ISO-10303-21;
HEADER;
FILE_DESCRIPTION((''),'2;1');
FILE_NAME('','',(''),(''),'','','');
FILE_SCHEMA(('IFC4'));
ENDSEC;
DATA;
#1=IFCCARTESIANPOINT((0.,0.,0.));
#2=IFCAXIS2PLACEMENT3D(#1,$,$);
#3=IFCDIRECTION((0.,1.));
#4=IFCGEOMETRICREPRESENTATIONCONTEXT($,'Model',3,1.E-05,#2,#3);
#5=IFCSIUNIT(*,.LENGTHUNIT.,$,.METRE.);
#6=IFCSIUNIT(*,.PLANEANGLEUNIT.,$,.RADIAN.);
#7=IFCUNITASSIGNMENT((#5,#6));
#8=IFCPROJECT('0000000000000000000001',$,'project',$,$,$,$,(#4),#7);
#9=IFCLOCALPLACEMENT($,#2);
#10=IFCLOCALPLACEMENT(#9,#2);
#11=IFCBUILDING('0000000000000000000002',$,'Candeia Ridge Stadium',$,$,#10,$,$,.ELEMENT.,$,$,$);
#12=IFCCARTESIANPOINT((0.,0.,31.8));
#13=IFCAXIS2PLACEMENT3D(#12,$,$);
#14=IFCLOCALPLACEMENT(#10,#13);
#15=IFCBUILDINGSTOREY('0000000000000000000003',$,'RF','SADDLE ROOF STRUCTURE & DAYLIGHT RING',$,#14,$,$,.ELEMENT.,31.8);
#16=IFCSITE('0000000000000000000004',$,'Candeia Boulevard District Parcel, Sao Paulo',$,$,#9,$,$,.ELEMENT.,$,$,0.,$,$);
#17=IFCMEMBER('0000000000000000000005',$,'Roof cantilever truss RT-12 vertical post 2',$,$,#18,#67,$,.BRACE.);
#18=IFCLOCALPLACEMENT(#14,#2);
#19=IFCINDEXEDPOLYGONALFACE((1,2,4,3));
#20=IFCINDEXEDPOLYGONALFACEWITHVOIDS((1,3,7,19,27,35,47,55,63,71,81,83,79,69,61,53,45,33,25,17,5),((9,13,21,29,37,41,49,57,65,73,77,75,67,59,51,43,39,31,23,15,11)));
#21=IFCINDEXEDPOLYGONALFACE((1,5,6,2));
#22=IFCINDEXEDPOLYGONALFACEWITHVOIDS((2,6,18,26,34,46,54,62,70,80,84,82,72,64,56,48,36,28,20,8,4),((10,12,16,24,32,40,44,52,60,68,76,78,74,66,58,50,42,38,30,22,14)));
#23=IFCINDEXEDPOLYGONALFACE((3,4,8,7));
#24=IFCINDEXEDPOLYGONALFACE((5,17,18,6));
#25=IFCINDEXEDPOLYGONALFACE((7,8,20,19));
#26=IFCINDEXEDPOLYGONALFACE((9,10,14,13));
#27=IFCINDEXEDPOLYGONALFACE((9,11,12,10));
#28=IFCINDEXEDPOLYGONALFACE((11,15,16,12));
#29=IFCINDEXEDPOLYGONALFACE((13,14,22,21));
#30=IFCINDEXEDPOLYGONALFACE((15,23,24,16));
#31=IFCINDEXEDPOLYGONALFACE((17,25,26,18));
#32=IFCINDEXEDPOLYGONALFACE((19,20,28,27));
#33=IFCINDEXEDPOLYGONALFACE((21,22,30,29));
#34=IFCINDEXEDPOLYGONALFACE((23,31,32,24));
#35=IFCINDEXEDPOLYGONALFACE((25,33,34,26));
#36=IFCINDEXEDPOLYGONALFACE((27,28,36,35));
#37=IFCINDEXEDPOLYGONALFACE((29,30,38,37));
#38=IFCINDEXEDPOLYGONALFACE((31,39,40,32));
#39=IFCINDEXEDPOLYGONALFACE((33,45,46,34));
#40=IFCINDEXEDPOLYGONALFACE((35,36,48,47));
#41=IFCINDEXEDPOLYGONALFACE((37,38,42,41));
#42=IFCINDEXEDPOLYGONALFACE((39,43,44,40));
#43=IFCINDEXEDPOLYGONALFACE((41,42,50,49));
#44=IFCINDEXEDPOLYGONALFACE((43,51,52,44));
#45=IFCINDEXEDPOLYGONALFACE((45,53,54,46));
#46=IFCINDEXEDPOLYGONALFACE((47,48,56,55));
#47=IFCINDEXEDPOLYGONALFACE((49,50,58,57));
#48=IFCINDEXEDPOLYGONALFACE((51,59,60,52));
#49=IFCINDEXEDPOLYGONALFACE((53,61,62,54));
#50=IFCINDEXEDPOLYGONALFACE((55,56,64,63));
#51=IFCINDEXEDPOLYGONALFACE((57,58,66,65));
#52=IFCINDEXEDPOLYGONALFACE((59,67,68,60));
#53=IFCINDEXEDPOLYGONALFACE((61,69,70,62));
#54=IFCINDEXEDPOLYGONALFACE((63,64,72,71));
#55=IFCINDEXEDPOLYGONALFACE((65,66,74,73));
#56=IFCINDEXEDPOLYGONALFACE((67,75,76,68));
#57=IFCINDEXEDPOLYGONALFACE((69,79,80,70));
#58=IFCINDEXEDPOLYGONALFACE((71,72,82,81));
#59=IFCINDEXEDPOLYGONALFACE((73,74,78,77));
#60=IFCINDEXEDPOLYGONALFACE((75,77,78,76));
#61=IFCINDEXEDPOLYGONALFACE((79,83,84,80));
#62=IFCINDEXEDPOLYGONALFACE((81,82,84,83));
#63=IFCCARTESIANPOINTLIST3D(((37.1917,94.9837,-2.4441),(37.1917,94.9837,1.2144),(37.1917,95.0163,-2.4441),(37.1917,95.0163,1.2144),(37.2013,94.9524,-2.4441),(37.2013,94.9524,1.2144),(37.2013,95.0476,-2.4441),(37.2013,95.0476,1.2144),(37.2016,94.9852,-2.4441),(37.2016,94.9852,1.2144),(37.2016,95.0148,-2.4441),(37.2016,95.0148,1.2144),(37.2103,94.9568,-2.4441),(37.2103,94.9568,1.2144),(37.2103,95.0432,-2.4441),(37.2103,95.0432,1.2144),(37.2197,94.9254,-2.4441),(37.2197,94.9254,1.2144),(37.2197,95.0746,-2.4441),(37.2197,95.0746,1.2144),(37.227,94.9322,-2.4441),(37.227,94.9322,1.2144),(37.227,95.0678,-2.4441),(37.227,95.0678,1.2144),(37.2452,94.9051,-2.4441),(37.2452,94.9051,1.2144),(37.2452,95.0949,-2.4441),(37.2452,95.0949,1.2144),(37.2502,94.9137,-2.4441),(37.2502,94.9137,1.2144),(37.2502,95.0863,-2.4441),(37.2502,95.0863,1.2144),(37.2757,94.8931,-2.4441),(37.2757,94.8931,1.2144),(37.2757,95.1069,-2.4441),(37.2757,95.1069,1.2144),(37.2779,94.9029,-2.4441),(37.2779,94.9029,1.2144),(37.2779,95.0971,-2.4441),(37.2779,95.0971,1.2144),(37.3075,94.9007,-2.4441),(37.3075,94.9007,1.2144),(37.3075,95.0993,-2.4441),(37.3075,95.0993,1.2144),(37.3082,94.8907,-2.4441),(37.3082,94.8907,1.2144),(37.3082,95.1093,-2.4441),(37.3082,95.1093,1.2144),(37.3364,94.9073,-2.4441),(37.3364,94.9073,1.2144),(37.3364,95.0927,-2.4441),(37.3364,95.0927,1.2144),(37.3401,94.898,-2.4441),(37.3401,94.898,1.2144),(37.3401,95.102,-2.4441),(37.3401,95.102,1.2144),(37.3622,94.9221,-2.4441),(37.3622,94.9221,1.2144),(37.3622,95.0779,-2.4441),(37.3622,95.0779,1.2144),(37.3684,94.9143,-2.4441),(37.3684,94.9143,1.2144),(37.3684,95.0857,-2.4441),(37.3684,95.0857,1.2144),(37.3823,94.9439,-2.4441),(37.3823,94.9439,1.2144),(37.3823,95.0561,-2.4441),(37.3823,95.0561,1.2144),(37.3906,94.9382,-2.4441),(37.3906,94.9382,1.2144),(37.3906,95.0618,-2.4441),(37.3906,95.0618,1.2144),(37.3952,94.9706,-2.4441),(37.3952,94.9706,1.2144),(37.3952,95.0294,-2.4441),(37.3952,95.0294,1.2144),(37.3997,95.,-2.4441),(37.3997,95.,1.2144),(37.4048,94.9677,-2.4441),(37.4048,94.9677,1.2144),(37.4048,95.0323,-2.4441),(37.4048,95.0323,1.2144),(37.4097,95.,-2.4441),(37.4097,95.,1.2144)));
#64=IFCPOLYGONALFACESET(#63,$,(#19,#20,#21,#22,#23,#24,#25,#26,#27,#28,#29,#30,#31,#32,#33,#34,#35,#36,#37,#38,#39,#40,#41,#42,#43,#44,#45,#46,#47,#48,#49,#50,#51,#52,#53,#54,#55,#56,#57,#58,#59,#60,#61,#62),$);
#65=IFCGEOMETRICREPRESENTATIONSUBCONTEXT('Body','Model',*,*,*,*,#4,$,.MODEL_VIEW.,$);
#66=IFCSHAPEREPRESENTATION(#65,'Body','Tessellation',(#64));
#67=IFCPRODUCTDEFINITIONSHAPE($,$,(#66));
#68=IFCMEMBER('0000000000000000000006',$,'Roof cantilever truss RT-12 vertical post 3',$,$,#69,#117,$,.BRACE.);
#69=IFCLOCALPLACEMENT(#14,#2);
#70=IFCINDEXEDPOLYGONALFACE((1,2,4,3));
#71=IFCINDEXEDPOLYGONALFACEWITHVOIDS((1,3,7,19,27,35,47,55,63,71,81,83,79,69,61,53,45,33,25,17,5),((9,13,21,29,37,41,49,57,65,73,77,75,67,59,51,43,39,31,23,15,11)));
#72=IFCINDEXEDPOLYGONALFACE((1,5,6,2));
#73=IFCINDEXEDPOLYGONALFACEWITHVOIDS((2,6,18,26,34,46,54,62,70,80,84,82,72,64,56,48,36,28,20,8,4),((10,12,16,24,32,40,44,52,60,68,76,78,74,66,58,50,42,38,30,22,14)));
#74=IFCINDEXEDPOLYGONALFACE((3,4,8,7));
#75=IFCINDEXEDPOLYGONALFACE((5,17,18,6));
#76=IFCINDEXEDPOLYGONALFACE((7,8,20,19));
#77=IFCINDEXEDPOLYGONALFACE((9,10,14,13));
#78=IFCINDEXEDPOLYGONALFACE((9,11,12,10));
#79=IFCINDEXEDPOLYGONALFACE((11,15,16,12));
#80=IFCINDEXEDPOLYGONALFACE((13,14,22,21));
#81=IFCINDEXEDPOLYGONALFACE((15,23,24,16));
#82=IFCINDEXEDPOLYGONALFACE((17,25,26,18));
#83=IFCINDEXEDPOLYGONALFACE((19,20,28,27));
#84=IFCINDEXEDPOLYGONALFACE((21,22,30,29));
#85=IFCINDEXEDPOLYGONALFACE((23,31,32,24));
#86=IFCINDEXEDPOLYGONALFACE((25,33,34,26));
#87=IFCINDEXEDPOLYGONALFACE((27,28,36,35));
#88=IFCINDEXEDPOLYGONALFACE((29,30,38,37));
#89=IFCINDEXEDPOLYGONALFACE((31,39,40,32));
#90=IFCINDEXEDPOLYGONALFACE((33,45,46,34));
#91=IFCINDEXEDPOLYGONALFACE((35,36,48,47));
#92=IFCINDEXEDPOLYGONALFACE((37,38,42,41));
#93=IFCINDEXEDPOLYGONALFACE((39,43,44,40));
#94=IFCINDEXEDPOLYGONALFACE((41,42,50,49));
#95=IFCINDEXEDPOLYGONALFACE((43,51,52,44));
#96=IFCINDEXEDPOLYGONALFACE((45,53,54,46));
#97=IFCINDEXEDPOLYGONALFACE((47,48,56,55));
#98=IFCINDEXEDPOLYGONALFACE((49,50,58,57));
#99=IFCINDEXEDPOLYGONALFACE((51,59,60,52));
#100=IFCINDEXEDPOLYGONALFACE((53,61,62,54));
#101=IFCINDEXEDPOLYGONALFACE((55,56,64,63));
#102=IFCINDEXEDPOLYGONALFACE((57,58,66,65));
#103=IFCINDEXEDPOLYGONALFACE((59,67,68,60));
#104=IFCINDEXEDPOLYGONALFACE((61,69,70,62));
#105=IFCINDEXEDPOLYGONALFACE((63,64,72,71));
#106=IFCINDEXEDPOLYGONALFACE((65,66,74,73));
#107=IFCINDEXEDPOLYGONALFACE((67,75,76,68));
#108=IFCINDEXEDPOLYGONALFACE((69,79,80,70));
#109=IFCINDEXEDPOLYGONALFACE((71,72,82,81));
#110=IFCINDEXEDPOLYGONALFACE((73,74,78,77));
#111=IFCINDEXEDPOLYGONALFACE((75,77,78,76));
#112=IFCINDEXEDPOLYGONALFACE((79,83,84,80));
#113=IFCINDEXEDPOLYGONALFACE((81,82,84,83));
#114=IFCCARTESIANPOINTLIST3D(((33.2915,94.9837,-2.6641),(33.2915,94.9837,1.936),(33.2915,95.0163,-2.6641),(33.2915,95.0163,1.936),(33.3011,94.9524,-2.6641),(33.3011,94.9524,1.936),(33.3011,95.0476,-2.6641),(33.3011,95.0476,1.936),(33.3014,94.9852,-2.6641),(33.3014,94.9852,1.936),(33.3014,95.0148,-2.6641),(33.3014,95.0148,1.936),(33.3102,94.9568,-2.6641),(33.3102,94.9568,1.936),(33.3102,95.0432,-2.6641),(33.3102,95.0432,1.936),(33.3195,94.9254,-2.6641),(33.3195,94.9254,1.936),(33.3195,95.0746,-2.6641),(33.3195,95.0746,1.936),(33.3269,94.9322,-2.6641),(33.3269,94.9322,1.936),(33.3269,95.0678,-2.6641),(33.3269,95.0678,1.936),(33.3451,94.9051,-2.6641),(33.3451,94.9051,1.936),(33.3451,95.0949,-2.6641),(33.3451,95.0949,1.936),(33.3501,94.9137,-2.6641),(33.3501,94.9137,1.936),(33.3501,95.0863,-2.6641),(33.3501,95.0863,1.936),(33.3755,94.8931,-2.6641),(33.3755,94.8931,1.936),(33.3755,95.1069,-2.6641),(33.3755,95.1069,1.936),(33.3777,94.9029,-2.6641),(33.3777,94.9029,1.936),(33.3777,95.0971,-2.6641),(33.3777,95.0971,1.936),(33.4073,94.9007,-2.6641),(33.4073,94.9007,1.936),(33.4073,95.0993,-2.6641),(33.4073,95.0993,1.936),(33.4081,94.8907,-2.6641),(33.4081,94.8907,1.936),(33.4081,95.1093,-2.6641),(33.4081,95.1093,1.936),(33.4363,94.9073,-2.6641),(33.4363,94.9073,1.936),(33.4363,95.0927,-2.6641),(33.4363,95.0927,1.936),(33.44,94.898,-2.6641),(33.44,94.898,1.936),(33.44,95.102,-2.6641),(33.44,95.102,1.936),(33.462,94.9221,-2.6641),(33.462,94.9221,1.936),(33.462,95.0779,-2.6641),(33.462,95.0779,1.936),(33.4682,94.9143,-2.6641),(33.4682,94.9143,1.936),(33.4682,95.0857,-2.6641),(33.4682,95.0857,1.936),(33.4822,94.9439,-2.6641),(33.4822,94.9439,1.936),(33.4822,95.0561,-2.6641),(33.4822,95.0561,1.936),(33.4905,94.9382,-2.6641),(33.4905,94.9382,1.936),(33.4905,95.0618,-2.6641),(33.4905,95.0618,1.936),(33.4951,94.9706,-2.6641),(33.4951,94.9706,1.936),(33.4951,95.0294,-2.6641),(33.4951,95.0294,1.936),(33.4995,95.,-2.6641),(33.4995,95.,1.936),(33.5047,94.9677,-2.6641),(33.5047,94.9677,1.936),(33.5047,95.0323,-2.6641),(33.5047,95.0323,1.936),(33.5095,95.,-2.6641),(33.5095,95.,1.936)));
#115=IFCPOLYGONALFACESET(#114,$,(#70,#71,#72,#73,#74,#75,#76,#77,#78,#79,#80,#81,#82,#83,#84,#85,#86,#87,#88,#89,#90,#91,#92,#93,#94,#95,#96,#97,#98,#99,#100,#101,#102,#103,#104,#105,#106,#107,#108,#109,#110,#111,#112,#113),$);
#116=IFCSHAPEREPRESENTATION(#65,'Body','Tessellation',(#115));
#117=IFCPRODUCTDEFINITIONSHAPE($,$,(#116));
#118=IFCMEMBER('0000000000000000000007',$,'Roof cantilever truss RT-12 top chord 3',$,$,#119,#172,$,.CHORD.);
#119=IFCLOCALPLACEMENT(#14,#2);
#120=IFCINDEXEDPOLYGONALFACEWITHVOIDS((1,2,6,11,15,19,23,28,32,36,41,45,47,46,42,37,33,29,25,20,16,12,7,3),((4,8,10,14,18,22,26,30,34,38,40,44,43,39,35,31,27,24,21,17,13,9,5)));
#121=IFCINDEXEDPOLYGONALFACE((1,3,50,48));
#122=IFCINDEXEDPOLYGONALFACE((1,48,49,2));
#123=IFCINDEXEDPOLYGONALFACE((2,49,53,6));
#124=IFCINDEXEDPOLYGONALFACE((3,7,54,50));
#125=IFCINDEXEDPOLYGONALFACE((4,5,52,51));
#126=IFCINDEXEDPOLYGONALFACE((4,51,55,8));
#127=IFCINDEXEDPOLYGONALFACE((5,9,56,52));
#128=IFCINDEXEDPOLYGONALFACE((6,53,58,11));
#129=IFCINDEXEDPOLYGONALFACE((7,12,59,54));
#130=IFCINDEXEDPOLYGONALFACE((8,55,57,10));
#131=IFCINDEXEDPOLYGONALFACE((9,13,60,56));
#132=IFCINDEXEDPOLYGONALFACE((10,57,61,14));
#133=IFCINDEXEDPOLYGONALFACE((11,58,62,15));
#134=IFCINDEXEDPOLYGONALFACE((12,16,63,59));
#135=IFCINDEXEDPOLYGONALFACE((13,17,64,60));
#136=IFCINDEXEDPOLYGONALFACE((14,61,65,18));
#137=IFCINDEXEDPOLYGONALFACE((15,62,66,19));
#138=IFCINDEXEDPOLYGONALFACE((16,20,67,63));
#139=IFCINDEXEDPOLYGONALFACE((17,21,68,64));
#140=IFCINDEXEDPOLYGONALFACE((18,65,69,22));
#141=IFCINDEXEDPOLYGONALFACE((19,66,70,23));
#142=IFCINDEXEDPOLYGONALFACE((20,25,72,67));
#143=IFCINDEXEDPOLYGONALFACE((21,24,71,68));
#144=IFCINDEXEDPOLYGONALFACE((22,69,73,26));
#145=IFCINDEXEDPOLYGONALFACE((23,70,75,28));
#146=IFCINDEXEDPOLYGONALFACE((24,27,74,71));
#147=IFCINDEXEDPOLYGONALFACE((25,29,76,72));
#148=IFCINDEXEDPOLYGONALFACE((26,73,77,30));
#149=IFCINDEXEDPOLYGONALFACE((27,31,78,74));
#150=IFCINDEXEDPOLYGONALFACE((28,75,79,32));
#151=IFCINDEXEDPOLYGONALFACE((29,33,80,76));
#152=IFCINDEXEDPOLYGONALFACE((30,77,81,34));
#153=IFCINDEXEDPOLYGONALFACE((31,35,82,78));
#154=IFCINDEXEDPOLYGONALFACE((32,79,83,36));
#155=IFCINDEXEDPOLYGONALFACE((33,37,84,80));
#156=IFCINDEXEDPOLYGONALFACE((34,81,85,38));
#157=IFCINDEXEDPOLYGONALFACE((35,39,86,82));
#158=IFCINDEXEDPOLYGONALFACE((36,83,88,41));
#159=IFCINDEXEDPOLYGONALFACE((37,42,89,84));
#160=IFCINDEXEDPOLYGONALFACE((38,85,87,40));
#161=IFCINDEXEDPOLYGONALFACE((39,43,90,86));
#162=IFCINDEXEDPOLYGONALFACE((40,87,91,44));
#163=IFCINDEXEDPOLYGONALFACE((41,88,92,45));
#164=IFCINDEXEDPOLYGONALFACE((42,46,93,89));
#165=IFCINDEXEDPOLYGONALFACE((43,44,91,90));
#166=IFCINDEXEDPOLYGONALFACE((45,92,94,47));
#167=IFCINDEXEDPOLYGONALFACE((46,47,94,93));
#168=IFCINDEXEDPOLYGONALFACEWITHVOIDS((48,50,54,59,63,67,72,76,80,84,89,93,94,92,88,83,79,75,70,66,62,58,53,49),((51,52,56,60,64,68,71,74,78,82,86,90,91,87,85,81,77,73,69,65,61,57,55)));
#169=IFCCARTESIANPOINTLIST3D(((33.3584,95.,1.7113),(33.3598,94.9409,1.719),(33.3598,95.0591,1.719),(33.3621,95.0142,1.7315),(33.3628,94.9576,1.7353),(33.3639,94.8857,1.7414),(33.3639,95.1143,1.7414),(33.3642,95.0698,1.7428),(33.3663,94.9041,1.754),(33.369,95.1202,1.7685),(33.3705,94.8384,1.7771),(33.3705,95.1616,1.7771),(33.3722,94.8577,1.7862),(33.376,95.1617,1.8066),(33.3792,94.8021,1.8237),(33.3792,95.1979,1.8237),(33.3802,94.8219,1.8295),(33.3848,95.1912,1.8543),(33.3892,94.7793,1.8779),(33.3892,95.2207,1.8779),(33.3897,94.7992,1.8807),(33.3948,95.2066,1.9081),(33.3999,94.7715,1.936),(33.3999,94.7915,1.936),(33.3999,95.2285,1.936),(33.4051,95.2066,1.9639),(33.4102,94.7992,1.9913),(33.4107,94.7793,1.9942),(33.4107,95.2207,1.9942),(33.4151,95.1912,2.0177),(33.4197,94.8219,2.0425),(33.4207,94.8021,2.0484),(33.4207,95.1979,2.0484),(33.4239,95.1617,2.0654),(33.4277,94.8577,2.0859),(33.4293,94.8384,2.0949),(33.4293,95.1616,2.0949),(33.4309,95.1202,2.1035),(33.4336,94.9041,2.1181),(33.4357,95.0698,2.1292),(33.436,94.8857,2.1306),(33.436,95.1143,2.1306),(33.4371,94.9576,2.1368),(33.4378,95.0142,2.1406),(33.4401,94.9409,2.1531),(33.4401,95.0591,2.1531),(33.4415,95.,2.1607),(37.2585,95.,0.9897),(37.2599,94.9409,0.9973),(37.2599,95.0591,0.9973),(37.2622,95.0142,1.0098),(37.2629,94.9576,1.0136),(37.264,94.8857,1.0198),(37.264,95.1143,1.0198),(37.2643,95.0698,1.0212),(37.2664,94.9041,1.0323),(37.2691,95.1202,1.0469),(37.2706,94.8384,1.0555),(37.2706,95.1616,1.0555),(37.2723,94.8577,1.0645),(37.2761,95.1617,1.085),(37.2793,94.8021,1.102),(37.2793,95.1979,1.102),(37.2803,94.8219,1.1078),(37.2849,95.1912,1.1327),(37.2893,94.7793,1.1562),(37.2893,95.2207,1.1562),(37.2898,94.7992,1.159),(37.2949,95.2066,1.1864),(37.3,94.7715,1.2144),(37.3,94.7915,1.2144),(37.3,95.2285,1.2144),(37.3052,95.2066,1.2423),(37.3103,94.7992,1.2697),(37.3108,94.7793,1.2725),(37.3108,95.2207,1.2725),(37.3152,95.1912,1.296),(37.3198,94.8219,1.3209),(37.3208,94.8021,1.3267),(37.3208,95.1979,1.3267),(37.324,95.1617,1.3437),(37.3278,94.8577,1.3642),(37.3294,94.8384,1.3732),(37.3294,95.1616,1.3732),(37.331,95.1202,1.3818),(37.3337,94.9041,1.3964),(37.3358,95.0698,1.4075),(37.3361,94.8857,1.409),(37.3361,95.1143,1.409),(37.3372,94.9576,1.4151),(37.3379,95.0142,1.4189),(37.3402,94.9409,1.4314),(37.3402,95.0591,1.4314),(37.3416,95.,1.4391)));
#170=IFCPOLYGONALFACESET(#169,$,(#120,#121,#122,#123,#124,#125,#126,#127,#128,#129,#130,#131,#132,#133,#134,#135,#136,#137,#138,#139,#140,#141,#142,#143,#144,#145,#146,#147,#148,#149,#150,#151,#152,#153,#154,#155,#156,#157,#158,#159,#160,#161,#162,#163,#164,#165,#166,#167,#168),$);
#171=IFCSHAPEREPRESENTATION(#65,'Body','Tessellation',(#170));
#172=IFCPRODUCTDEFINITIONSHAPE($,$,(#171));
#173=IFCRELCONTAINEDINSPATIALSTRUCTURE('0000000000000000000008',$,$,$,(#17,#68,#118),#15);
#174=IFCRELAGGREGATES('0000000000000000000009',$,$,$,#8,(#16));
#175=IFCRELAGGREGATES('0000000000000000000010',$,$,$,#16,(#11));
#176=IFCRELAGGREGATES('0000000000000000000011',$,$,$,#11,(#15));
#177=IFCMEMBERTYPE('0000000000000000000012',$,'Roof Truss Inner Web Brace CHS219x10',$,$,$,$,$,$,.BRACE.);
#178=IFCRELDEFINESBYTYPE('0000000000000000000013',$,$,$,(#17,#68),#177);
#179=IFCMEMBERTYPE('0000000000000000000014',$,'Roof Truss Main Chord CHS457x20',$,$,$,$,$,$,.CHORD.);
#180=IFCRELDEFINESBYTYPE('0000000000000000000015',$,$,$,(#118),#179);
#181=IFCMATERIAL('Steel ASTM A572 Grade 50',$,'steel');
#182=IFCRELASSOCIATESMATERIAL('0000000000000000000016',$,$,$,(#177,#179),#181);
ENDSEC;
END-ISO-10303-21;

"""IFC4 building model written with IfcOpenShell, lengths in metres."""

from ifc_helpers import new_model, si_unit, direction, frame, origin, origin_2d, place, context, subcontext, project, spatial, hollow_circle, extrude, material, material_profile, profile_set, type_object, element, save


model = new_model("IFC4")

# Units and contexts
model_context = context("Model", 3, precision=1e-05, world=origin(), true_north=direction((0.0, 1.0)))
body_context = subcontext(model_context, "Body", "Model", "MODEL_VIEW")
ifc_project = project(units=[si_unit("LENGTHUNIT", "METRE"), si_unit("PLANEANGLEUNIT", "RADIAN")], contexts=[model_context])

# Site, building, storey
site_placement = place(None, origin())
site = spatial("IfcSite", under=ifc_project, at=site_placement, Name="Candeia Boulevard District Parcel, Sao Paulo", CompositionType="ELEMENT", RefElevation=0.0)
building_placement = place(site_placement, origin())
building = spatial("IfcBuilding", under=site, at=building_placement, Name="Candeia Ridge Stadium", CompositionType="ELEMENT")
storey_placement = place(building_placement, frame((0.0, 0.0, 31.8)))
storey = spatial("IfcBuildingStorey", under=building, at=storey_placement, Name="RF", Description="SADDLE ROOF STRUCTURE & DAYLIGHT RING", CompositionType="ELEMENT", Elevation=31.8)

# Shared definitions
ifc_material_1 = material(Name="Steel ASTM A572 Grade 50", Category="steel")

# Members
ifc_material_profile_1 = material_profile(ifc_material_1, hollow_circle(Radius=0.1096, WallThickness=0.01, at=origin_2d()), Name="CHS219x10", Category="steel")
ifc_profile_set_1 = profile_set([ifc_material_profile_1], Name="Steel ASTM A572 Grade 50")
member_type_1 = type_object("IfcMemberType", Name="Roof Truss Inner Web Brace CHS219x10", PredefinedType="BRACE", material=ifc_profile_set_1)
member_1_placement = place(storey_placement, frame((37.3, 95.0, -2.4441), z_axis=(0.0, 0.0, 1.0), x_axis=(1.0, 0.0, 0.0)))
element("IfcMember", 1, at=member_1_placement, inside=storey, type_object=member_type_1, Name="Roof cantilever truss RT-12 vertical post 2", PredefinedType="BRACE", context=body_context, shape_type="SweptSolid", body=[
    extrude(hollow_circle(Radius=0.1096, WallThickness=0.01, at=origin_2d()), origin(), (0.0, 0.0, 1.0), 3.6584),
])
member_2_placement = place(storey_placement, frame((33.3999, 95.0, -2.6641), z_axis=(0.0, 0.0, 1.0), x_axis=(1.0, 0.0, 0.0)))
element("IfcMember", 2, at=member_2_placement, inside=storey, type_object=member_type_1, Name="Roof cantilever truss RT-12 vertical post 3", PredefinedType="BRACE", context=body_context, shape_type="SweptSolid", body=[
    extrude(hollow_circle(Radius=0.1096, WallThickness=0.01, at=origin_2d()), origin(), (0.0, 0.0, 1.0), 4.6001),
])
ifc_material_profile_2 = material_profile(ifc_material_1, hollow_circle(Radius=0.2285, WallThickness=0.02, at=origin_2d()), Name="CHS457x20", Category="steel")
ifc_profile_set_2 = profile_set([ifc_material_profile_2], Name="Steel ASTM A572 Grade 50")
member_type_2 = type_object("IfcMemberType", Name="Roof Truss Main Chord CHS457x20", PredefinedType="CHORD", material=ifc_profile_set_2)
member_3_placement = place(storey_placement, frame((37.3, 95.0, 1.2144), z_axis=(-0.983308, 0.0, 0.18195), x_axis=(0.0, -1.0, 0.0)))
element("IfcMember", 3, at=member_3_placement, inside=storey, type_object=member_type_2, Name="Roof cantilever truss RT-12 top chord 3", PredefinedType="CHORD", context=body_context, shape_type="SweptSolid", body=[
    extrude(hollow_circle(Radius=0.2285, WallThickness=0.02, at=origin_2d()), origin(), (0.0, 0.0, 1.0), 3.9663),
])

save(model, "model.ifc")
